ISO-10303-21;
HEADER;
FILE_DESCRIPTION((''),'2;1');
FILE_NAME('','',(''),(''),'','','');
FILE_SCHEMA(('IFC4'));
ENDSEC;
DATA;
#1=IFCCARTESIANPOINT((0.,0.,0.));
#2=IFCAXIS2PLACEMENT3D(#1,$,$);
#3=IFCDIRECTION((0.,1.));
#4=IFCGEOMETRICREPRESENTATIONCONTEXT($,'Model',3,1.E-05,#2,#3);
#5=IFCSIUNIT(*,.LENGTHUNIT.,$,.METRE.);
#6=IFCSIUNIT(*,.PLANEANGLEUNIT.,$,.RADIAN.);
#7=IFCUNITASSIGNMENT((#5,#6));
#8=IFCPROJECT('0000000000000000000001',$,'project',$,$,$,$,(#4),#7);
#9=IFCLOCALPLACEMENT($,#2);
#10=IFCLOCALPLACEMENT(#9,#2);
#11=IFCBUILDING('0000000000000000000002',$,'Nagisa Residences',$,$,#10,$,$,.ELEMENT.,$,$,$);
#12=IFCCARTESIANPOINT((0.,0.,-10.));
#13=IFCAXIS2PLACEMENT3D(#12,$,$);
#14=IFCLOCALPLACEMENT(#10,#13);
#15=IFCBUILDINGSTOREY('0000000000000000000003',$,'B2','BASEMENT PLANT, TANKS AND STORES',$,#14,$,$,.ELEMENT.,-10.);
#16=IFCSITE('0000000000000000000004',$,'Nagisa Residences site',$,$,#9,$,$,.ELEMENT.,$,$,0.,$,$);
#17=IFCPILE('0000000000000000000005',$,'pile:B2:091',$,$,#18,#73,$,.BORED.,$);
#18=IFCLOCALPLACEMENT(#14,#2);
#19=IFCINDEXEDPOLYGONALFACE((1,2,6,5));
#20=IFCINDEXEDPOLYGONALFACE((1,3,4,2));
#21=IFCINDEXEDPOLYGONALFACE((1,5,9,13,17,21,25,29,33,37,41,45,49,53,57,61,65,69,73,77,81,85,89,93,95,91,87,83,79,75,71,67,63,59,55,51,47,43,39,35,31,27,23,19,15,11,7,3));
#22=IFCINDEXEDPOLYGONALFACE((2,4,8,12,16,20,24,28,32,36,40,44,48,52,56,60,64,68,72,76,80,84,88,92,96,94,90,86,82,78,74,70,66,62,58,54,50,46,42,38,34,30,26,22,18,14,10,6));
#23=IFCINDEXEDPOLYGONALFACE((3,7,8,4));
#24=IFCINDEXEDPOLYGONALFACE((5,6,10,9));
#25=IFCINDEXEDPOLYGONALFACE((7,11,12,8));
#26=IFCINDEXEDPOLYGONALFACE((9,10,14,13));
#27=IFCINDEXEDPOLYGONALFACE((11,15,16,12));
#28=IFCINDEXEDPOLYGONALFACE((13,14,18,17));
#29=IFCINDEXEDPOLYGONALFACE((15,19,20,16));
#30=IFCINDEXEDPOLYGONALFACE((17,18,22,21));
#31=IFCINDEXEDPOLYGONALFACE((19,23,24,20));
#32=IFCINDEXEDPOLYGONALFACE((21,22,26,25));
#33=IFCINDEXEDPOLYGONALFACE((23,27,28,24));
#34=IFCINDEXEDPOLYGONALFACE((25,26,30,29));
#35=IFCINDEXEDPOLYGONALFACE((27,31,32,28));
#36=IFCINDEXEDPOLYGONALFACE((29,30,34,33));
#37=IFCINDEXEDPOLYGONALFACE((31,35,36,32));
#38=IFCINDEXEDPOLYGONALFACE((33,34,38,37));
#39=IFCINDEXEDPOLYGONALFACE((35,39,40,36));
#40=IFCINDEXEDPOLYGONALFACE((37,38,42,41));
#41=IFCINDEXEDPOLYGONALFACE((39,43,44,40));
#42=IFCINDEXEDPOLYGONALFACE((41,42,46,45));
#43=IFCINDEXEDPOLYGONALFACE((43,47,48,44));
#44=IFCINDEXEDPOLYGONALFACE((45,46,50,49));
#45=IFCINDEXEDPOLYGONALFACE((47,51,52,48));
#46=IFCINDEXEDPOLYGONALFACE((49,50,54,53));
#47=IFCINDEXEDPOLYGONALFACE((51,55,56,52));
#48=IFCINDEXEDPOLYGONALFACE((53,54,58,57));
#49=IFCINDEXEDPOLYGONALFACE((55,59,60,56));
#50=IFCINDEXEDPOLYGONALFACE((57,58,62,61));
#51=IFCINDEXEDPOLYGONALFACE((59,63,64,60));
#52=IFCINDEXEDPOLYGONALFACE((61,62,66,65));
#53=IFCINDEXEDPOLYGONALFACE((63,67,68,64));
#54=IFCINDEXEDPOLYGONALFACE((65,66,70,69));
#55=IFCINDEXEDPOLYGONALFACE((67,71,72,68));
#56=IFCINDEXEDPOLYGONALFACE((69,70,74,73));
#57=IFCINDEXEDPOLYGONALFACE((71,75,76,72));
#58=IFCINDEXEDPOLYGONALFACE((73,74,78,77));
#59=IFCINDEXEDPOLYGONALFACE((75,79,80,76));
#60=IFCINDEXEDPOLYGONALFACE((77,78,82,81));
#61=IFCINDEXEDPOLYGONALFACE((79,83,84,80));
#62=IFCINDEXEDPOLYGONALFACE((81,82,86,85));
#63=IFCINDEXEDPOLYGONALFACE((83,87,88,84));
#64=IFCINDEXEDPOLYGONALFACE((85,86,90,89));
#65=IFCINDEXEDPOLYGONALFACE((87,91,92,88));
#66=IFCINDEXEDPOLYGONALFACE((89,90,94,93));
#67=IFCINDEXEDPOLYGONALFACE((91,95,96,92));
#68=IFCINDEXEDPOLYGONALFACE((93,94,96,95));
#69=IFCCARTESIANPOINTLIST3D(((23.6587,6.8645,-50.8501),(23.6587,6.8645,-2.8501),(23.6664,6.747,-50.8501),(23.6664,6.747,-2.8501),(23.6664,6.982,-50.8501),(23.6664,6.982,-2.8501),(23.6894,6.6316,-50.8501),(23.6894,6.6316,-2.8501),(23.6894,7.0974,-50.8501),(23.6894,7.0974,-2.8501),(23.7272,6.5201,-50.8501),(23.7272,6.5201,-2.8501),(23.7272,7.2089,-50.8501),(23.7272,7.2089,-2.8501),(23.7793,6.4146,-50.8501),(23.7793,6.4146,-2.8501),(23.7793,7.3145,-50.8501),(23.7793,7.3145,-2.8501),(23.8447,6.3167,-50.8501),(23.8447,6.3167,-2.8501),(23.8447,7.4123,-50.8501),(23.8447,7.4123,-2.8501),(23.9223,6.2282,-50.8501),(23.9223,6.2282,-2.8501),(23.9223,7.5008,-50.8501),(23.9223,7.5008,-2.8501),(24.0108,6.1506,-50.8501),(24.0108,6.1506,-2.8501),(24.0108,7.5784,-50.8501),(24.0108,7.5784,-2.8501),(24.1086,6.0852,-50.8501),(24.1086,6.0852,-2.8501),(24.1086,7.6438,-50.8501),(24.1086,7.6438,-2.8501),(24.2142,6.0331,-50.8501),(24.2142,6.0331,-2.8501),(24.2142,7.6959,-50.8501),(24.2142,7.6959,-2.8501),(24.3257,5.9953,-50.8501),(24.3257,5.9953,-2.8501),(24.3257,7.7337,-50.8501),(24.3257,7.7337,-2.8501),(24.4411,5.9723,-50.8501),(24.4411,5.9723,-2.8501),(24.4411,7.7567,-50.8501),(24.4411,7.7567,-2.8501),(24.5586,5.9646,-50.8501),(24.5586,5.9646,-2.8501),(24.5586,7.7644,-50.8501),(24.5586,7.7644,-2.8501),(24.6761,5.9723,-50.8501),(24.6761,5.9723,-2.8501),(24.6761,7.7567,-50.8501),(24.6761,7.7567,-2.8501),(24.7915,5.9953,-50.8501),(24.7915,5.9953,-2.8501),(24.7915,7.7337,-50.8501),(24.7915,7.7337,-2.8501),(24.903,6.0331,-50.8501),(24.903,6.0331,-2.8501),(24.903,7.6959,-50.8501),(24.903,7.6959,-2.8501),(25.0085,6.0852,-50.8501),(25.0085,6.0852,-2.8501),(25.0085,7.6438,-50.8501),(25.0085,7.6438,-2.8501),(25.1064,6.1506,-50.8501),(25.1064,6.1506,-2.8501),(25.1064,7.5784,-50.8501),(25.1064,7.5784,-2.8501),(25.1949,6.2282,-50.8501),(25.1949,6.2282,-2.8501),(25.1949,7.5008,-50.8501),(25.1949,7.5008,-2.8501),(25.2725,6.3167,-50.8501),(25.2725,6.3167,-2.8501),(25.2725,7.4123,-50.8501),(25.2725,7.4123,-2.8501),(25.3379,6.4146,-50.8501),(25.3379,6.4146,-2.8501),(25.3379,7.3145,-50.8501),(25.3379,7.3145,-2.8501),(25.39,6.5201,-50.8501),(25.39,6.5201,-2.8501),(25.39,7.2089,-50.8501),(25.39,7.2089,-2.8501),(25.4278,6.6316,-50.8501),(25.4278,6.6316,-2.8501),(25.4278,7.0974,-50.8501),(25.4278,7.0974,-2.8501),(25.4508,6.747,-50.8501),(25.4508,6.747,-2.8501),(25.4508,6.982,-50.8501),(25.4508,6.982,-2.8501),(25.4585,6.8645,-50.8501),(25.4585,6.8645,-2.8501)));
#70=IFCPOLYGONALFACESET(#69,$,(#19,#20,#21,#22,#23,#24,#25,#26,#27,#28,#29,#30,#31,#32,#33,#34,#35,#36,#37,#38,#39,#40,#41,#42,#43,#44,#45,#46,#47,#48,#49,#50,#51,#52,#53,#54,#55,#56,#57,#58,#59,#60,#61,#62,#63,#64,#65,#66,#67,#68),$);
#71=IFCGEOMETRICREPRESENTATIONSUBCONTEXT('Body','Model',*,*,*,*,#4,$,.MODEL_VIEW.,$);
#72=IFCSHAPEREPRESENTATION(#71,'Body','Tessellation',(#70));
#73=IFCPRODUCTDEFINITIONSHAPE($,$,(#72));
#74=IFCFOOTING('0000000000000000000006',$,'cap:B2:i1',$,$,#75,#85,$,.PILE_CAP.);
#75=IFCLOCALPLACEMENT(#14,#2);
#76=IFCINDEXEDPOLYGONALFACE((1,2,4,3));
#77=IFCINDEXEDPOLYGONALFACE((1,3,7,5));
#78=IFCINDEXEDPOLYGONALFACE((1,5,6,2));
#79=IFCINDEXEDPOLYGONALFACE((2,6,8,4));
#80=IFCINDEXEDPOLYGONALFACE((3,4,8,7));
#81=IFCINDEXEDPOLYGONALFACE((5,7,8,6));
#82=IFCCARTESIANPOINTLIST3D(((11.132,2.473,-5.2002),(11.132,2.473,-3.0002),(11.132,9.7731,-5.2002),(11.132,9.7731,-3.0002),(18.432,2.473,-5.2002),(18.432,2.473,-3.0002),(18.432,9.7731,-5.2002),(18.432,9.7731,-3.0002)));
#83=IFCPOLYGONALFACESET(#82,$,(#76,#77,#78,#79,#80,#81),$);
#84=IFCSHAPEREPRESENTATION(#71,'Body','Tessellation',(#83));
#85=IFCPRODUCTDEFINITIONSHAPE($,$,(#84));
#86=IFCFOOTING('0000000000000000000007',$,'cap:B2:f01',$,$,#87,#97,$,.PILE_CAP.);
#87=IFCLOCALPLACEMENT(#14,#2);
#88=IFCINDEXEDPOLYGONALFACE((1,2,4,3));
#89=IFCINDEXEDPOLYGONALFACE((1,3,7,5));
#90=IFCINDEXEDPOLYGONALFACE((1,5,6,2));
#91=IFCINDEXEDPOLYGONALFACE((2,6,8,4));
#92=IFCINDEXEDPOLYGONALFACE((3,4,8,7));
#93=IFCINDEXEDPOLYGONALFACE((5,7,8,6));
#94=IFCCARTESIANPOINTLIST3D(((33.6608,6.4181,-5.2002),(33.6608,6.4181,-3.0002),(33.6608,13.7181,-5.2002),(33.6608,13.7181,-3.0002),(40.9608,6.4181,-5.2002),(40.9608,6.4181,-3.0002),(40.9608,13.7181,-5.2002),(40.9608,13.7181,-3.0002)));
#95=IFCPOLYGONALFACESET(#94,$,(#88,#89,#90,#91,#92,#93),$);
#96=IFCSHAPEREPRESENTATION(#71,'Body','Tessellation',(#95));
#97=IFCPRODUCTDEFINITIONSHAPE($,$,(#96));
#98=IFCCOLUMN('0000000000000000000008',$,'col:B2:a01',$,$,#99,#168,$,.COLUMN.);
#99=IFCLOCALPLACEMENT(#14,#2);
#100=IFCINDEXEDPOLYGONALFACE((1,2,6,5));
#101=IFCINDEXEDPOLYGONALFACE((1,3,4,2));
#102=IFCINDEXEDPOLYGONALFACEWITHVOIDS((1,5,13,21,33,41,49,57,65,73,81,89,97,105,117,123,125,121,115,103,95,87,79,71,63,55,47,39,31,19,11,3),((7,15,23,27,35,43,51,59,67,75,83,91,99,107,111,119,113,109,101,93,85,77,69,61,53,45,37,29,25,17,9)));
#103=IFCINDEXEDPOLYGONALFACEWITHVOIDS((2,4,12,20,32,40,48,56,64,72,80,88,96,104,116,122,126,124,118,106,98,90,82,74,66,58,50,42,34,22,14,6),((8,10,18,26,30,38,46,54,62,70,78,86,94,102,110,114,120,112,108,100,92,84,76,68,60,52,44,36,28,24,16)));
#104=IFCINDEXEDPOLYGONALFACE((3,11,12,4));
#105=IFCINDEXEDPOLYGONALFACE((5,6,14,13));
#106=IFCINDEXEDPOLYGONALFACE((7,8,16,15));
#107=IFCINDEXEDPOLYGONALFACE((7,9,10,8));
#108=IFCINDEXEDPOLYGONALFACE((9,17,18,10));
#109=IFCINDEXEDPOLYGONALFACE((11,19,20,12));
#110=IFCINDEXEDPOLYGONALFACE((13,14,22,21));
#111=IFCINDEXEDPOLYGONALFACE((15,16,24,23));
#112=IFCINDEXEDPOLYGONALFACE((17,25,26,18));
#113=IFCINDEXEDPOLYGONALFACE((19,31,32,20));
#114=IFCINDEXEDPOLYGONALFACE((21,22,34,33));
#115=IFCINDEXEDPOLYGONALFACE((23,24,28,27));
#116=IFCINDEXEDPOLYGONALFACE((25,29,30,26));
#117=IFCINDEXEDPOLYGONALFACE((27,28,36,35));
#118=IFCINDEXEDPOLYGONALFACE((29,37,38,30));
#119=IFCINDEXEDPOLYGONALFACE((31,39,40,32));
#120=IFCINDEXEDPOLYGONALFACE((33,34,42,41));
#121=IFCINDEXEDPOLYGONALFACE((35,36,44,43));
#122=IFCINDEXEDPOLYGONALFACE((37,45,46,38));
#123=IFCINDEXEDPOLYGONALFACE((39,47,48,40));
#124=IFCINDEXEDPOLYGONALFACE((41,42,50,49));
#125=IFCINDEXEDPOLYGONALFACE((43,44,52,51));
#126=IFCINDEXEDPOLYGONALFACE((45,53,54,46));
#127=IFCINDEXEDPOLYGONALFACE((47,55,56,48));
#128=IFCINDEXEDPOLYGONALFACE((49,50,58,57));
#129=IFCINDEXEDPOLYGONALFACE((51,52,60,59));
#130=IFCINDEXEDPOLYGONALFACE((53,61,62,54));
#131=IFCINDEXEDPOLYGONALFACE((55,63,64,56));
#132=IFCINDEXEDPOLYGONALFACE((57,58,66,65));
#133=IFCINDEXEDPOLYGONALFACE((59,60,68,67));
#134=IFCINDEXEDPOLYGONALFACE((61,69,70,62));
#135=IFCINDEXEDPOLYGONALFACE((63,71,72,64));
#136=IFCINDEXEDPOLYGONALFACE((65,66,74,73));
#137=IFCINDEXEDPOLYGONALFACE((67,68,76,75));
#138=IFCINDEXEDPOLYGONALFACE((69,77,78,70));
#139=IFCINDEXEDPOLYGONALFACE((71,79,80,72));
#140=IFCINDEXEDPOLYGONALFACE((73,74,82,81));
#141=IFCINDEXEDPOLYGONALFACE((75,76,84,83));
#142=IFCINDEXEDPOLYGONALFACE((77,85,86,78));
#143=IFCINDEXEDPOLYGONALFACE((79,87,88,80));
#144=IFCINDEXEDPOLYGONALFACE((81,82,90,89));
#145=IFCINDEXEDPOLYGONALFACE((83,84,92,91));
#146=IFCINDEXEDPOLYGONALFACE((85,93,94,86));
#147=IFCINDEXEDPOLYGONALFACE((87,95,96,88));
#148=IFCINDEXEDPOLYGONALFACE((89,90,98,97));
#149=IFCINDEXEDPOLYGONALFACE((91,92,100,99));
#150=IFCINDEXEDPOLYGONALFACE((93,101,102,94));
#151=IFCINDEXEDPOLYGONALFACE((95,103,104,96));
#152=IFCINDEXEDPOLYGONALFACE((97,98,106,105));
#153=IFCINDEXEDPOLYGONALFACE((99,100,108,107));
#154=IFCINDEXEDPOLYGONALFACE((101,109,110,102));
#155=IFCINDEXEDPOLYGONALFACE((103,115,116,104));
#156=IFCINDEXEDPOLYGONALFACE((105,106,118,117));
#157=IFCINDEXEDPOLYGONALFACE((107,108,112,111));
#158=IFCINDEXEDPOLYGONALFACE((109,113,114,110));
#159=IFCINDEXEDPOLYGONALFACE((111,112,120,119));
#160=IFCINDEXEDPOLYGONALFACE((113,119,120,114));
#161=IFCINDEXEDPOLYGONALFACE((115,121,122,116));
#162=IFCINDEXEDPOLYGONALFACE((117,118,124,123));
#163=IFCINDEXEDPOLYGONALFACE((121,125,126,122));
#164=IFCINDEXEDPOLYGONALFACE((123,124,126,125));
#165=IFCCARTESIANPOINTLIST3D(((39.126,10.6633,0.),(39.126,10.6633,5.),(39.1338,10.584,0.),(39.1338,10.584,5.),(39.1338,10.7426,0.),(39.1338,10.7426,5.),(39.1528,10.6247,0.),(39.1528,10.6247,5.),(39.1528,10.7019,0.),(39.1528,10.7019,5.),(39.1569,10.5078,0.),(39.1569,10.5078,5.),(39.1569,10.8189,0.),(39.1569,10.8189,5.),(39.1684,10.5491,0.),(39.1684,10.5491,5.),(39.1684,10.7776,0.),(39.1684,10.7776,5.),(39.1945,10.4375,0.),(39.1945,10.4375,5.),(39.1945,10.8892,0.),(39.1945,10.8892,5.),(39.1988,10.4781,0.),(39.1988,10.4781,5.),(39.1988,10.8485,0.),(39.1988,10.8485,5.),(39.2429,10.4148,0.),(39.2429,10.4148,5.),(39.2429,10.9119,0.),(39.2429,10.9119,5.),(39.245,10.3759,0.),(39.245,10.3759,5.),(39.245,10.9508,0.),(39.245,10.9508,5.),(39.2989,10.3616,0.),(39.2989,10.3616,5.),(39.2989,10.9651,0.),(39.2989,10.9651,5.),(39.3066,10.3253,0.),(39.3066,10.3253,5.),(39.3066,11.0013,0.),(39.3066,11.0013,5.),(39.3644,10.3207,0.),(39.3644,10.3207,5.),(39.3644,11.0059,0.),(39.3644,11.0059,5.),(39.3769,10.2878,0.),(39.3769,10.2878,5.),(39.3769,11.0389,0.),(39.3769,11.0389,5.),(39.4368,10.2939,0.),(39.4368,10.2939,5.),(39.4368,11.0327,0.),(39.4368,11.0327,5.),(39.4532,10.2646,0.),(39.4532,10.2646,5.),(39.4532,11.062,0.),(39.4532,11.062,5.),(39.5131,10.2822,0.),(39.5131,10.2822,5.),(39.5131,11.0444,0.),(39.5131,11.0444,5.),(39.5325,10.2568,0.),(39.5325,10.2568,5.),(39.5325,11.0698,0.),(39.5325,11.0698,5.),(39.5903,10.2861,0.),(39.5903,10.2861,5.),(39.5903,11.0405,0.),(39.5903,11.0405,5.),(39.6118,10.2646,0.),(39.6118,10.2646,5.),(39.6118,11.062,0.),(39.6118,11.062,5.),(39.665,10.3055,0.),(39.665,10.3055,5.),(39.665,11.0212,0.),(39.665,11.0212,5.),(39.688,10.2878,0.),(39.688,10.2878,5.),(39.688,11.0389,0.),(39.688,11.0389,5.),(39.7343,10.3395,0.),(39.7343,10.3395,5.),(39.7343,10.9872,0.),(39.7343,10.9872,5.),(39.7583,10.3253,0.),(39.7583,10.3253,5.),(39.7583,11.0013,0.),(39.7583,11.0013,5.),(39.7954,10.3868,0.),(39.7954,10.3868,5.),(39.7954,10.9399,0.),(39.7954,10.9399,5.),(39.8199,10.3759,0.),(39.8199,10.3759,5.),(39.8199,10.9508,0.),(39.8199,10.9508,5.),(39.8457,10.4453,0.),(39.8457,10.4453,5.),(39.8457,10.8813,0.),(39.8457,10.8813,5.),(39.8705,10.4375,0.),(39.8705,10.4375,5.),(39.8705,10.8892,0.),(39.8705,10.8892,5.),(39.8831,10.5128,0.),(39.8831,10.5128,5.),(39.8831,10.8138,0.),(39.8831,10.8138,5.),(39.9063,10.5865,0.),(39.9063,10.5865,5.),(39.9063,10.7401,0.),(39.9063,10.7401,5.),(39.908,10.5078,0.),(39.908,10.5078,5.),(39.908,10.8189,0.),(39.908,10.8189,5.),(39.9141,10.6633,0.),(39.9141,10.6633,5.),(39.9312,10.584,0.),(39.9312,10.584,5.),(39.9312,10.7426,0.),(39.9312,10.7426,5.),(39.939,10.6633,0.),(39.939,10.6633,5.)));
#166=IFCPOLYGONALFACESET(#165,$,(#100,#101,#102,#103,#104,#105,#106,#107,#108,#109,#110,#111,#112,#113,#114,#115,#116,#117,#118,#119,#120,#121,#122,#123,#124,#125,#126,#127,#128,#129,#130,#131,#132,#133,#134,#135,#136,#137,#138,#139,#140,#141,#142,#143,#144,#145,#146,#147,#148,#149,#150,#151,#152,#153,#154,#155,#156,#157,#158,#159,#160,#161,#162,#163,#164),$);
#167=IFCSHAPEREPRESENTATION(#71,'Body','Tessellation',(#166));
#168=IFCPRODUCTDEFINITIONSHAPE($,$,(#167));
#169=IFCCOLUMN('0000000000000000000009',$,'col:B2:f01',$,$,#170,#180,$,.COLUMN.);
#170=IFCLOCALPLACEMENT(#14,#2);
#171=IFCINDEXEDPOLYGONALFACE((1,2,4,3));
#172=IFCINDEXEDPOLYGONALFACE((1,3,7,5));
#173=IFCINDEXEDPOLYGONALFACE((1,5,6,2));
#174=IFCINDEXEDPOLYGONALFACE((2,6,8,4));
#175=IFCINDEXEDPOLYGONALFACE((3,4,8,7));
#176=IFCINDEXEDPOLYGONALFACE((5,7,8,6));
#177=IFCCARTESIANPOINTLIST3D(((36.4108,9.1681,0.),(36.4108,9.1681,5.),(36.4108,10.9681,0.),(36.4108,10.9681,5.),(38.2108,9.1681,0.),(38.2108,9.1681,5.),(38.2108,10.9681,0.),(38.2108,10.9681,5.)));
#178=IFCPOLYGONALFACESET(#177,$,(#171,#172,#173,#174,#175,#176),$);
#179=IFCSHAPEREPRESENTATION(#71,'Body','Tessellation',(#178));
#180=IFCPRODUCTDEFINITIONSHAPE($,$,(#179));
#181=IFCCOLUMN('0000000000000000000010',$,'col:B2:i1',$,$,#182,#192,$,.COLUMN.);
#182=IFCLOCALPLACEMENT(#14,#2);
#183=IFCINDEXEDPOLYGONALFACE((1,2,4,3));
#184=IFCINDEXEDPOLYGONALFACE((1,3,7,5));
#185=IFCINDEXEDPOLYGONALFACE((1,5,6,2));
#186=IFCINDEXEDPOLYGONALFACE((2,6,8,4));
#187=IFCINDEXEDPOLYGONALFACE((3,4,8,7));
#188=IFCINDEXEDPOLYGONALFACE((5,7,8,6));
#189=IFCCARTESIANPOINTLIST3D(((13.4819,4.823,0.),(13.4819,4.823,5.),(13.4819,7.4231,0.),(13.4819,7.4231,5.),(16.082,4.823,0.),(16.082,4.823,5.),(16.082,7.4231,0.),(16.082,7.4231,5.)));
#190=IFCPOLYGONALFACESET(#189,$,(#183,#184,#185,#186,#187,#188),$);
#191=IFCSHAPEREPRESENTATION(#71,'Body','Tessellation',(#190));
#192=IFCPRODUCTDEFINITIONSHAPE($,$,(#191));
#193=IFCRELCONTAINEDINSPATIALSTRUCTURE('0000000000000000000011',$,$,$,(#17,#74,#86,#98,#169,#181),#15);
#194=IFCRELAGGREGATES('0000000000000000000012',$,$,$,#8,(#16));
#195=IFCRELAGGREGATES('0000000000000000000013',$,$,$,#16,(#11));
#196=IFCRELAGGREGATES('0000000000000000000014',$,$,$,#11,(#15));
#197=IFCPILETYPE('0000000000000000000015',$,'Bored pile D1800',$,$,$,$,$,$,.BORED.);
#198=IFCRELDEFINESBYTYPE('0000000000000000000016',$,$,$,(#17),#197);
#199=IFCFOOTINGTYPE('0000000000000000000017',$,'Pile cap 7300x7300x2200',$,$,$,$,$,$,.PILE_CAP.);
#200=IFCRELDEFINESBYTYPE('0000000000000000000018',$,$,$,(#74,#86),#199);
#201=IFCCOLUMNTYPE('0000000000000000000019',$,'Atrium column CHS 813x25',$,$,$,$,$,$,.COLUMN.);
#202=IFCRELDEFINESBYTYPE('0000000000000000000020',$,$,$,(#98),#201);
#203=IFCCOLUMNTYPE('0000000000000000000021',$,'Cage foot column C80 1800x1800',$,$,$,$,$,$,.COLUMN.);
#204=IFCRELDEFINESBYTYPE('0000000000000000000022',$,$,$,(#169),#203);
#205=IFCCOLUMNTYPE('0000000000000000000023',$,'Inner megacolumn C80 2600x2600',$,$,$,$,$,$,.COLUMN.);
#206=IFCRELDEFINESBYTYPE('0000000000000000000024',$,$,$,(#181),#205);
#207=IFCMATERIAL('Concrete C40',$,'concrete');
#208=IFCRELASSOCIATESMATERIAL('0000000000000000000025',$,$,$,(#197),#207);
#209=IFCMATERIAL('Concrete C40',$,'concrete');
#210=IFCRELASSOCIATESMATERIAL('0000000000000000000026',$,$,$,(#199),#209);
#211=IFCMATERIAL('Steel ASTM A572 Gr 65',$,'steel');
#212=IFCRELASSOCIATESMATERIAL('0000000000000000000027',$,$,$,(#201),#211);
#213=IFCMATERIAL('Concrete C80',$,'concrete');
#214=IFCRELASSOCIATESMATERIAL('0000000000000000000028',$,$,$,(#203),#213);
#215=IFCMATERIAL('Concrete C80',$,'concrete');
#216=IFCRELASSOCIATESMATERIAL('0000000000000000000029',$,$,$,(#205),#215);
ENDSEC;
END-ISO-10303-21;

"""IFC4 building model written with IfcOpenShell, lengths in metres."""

from ifc_helpers import new_model, si_unit, direction, frame, origin, origin_2d, place, context, subcontext, project, spatial, rectangle, circle, hollow_circle, extrude, material, material_profile, profile_set, type_object, element, save


model = new_model("IFC4")

# Units and contexts
model_context = context("Model", 3, precision=1e-05, world=origin(), true_north=direction((0.0, 1.0)))
body_context = subcontext(model_context, "Body", "Model", "MODEL_VIEW")
ifc_project = project(units=[si_unit("LENGTHUNIT", "METRE"), si_unit("PLANEANGLEUNIT", "RADIAN")], contexts=[model_context])

# Site, building, storey
site_placement = place(None, origin())
site = spatial("IfcSite", under=ifc_project, at=site_placement, Name="Nagisa Residences site", CompositionType="ELEMENT", RefElevation=0.0)
building_placement = place(site_placement, origin())
building = spatial("IfcBuilding", under=site, at=building_placement, Name="Nagisa Residences", CompositionType="ELEMENT")
storey_placement = place(building_placement, frame((0.0, 0.0, -10.0)))
storey = spatial("IfcBuildingStorey", under=building, at=storey_placement, Name="B2", Description="BASEMENT PLANT, TANKS AND STORES", CompositionType="ELEMENT", Elevation=-10.0)

# Pile
ifc_material_1 = material(Name="Concrete C40", Category="concrete")
ifc_material_profile_1 = material_profile(ifc_material_1, circle(Radius=0.8999, at=origin_2d()), Name="Bored pile D1800")
ifc_profile_set_1 = profile_set([ifc_material_profile_1], Name="Concrete C40")
pile_type = type_object("IfcPileType", Name="Bored pile D1800", PredefinedType="BORED", material=ifc_profile_set_1)
for number, where, z_axis, x_axis, name in (
    (1, (24.5586, 6.8645, -2.8501), (0.0, 0.0, -1.0), (1.0, 0.0, 0.0), "pile:B2:091"),
):
    element("IfcPile", number, at=place(storey_placement, frame(where, z_axis=z_axis, x_axis=x_axis)), inside=storey, type_object=pile_type, Name=name, PredefinedType="BORED", context=body_context, shape_type="SweptSolid", body=[
        extrude(circle(Radius=0.8999, at=origin_2d()), origin(), (0.0, 0.0, 1.0), 48.0),
    ])

# Footings
ifc_material_2 = material(Name="Concrete C40", Category="concrete")
footing_type = type_object("IfcFootingType", Name="Pile cap 7300x7300x2200", PredefinedType="PILE_CAP", material=ifc_material_2)
for number, where, z_axis, x_axis, name in (
    (2, (14.782, 6.123, -5.2002), (0.0, 0.0, 1.0), (1.0, 0.0, 0.0), "cap:B2:i1"),
    (3, (37.3108, 10.0681, -5.2002), (0.0, 0.0, 1.0), (1.0, 0.0, 0.0), "cap:B2:f01"),
):
    element("IfcFooting", number, at=place(storey_placement, frame(where, z_axis=z_axis, x_axis=x_axis)), inside=storey, type_object=footing_type, Name=name, PredefinedType="PILE_CAP", context=body_context, shape_type="SweptSolid", body=[
        extrude(rectangle(XDim=7.3, YDim=7.3, at=origin_2d()), origin(), (0.0, 0.0, 1.0), 2.2),
    ])

# Columns
ifc_material_3 = material(Name="Steel ASTM A572 Gr 65", Category="steel")
ifc_material_profile_2 = material_profile(ifc_material_3, hollow_circle(Radius=0.4065, WallThickness=0.0249, at=origin_2d()), Name="CHS 813x25")
ifc_profile_set_2 = profile_set([ifc_material_profile_2], Name="Steel ASTM A572 Gr 65")
column_type_1 = type_object("IfcColumnType", Name="Atrium column CHS 813x25", PredefinedType="COLUMN", material=ifc_profile_set_2)
column_1_placement = place(storey_placement, frame((39.5325, 10.6633, 0.0), z_axis=(0.0, 0.0, 1.0), x_axis=(1.0, 0.0, 0.0)))
element("IfcColumn", 4, at=column_1_placement, inside=storey, type_object=column_type_1, Name="col:B2:a01", PredefinedType="COLUMN", context=body_context, shape_type="SweptSolid", body=[
    extrude(hollow_circle(Radius=0.4065, WallThickness=0.0249, at=origin_2d()), origin(), (0.0, 0.0, 1.0), 5.0),
])
ifc_material_4 = material(Name="Concrete C80", Category="concrete")
ifc_material_profile_3 = material_profile(ifc_material_4, rectangle(XDim=1.8, YDim=1.8, at=origin_2d()), Name="C80 1800x1800")
ifc_profile_set_3 = profile_set([ifc_material_profile_3], Name="Concrete C80")
column_type_2 = type_object("IfcColumnType", Name="Cage foot column C80 1800x1800", PredefinedType="COLUMN", material=ifc_profile_set_3)
column_2_placement = place(storey_placement, frame((37.3108, 10.0681, 0.0), z_axis=(0.0, 0.0, 1.0), x_axis=(1.0, 0.0, 0.0)))
element("IfcColumn", 5, at=column_2_placement, inside=storey, type_object=column_type_2, Name="col:B2:f01", PredefinedType="COLUMN", context=body_context, shape_type="SweptSolid", body=[
    extrude(rectangle(XDim=1.8, YDim=1.8, at=origin_2d()), origin(), (0.0, 0.0, 1.0), 5.0),
])
ifc_material_5 = material(Name="Concrete C80", Category="concrete")
ifc_material_profile_4 = material_profile(ifc_material_5, rectangle(XDim=2.6001, YDim=2.6001, at=origin_2d()), Name="C80 2600x2600")
ifc_profile_set_4 = profile_set([ifc_material_profile_4], Name="Concrete C80")
column_type_3 = type_object("IfcColumnType", Name="Inner megacolumn C80 2600x2600", PredefinedType="COLUMN", material=ifc_profile_set_4)
column_3_placement = place(storey_placement, frame((14.782, 6.123, 0.0), z_axis=(0.0, 0.0, 1.0), x_axis=(1.0, 0.0, 0.0)))
element("IfcColumn", 6, at=column_3_placement, inside=storey, type_object=column_type_3, Name="col:B2:i1", PredefinedType="COLUMN", context=body_context, shape_type="SweptSolid", body=[
    extrude(rectangle(XDim=2.6001, YDim=2.6001, at=origin_2d()), origin(), (0.0, 0.0, 1.0), 5.0),
])

save(model, "model.ifc")
